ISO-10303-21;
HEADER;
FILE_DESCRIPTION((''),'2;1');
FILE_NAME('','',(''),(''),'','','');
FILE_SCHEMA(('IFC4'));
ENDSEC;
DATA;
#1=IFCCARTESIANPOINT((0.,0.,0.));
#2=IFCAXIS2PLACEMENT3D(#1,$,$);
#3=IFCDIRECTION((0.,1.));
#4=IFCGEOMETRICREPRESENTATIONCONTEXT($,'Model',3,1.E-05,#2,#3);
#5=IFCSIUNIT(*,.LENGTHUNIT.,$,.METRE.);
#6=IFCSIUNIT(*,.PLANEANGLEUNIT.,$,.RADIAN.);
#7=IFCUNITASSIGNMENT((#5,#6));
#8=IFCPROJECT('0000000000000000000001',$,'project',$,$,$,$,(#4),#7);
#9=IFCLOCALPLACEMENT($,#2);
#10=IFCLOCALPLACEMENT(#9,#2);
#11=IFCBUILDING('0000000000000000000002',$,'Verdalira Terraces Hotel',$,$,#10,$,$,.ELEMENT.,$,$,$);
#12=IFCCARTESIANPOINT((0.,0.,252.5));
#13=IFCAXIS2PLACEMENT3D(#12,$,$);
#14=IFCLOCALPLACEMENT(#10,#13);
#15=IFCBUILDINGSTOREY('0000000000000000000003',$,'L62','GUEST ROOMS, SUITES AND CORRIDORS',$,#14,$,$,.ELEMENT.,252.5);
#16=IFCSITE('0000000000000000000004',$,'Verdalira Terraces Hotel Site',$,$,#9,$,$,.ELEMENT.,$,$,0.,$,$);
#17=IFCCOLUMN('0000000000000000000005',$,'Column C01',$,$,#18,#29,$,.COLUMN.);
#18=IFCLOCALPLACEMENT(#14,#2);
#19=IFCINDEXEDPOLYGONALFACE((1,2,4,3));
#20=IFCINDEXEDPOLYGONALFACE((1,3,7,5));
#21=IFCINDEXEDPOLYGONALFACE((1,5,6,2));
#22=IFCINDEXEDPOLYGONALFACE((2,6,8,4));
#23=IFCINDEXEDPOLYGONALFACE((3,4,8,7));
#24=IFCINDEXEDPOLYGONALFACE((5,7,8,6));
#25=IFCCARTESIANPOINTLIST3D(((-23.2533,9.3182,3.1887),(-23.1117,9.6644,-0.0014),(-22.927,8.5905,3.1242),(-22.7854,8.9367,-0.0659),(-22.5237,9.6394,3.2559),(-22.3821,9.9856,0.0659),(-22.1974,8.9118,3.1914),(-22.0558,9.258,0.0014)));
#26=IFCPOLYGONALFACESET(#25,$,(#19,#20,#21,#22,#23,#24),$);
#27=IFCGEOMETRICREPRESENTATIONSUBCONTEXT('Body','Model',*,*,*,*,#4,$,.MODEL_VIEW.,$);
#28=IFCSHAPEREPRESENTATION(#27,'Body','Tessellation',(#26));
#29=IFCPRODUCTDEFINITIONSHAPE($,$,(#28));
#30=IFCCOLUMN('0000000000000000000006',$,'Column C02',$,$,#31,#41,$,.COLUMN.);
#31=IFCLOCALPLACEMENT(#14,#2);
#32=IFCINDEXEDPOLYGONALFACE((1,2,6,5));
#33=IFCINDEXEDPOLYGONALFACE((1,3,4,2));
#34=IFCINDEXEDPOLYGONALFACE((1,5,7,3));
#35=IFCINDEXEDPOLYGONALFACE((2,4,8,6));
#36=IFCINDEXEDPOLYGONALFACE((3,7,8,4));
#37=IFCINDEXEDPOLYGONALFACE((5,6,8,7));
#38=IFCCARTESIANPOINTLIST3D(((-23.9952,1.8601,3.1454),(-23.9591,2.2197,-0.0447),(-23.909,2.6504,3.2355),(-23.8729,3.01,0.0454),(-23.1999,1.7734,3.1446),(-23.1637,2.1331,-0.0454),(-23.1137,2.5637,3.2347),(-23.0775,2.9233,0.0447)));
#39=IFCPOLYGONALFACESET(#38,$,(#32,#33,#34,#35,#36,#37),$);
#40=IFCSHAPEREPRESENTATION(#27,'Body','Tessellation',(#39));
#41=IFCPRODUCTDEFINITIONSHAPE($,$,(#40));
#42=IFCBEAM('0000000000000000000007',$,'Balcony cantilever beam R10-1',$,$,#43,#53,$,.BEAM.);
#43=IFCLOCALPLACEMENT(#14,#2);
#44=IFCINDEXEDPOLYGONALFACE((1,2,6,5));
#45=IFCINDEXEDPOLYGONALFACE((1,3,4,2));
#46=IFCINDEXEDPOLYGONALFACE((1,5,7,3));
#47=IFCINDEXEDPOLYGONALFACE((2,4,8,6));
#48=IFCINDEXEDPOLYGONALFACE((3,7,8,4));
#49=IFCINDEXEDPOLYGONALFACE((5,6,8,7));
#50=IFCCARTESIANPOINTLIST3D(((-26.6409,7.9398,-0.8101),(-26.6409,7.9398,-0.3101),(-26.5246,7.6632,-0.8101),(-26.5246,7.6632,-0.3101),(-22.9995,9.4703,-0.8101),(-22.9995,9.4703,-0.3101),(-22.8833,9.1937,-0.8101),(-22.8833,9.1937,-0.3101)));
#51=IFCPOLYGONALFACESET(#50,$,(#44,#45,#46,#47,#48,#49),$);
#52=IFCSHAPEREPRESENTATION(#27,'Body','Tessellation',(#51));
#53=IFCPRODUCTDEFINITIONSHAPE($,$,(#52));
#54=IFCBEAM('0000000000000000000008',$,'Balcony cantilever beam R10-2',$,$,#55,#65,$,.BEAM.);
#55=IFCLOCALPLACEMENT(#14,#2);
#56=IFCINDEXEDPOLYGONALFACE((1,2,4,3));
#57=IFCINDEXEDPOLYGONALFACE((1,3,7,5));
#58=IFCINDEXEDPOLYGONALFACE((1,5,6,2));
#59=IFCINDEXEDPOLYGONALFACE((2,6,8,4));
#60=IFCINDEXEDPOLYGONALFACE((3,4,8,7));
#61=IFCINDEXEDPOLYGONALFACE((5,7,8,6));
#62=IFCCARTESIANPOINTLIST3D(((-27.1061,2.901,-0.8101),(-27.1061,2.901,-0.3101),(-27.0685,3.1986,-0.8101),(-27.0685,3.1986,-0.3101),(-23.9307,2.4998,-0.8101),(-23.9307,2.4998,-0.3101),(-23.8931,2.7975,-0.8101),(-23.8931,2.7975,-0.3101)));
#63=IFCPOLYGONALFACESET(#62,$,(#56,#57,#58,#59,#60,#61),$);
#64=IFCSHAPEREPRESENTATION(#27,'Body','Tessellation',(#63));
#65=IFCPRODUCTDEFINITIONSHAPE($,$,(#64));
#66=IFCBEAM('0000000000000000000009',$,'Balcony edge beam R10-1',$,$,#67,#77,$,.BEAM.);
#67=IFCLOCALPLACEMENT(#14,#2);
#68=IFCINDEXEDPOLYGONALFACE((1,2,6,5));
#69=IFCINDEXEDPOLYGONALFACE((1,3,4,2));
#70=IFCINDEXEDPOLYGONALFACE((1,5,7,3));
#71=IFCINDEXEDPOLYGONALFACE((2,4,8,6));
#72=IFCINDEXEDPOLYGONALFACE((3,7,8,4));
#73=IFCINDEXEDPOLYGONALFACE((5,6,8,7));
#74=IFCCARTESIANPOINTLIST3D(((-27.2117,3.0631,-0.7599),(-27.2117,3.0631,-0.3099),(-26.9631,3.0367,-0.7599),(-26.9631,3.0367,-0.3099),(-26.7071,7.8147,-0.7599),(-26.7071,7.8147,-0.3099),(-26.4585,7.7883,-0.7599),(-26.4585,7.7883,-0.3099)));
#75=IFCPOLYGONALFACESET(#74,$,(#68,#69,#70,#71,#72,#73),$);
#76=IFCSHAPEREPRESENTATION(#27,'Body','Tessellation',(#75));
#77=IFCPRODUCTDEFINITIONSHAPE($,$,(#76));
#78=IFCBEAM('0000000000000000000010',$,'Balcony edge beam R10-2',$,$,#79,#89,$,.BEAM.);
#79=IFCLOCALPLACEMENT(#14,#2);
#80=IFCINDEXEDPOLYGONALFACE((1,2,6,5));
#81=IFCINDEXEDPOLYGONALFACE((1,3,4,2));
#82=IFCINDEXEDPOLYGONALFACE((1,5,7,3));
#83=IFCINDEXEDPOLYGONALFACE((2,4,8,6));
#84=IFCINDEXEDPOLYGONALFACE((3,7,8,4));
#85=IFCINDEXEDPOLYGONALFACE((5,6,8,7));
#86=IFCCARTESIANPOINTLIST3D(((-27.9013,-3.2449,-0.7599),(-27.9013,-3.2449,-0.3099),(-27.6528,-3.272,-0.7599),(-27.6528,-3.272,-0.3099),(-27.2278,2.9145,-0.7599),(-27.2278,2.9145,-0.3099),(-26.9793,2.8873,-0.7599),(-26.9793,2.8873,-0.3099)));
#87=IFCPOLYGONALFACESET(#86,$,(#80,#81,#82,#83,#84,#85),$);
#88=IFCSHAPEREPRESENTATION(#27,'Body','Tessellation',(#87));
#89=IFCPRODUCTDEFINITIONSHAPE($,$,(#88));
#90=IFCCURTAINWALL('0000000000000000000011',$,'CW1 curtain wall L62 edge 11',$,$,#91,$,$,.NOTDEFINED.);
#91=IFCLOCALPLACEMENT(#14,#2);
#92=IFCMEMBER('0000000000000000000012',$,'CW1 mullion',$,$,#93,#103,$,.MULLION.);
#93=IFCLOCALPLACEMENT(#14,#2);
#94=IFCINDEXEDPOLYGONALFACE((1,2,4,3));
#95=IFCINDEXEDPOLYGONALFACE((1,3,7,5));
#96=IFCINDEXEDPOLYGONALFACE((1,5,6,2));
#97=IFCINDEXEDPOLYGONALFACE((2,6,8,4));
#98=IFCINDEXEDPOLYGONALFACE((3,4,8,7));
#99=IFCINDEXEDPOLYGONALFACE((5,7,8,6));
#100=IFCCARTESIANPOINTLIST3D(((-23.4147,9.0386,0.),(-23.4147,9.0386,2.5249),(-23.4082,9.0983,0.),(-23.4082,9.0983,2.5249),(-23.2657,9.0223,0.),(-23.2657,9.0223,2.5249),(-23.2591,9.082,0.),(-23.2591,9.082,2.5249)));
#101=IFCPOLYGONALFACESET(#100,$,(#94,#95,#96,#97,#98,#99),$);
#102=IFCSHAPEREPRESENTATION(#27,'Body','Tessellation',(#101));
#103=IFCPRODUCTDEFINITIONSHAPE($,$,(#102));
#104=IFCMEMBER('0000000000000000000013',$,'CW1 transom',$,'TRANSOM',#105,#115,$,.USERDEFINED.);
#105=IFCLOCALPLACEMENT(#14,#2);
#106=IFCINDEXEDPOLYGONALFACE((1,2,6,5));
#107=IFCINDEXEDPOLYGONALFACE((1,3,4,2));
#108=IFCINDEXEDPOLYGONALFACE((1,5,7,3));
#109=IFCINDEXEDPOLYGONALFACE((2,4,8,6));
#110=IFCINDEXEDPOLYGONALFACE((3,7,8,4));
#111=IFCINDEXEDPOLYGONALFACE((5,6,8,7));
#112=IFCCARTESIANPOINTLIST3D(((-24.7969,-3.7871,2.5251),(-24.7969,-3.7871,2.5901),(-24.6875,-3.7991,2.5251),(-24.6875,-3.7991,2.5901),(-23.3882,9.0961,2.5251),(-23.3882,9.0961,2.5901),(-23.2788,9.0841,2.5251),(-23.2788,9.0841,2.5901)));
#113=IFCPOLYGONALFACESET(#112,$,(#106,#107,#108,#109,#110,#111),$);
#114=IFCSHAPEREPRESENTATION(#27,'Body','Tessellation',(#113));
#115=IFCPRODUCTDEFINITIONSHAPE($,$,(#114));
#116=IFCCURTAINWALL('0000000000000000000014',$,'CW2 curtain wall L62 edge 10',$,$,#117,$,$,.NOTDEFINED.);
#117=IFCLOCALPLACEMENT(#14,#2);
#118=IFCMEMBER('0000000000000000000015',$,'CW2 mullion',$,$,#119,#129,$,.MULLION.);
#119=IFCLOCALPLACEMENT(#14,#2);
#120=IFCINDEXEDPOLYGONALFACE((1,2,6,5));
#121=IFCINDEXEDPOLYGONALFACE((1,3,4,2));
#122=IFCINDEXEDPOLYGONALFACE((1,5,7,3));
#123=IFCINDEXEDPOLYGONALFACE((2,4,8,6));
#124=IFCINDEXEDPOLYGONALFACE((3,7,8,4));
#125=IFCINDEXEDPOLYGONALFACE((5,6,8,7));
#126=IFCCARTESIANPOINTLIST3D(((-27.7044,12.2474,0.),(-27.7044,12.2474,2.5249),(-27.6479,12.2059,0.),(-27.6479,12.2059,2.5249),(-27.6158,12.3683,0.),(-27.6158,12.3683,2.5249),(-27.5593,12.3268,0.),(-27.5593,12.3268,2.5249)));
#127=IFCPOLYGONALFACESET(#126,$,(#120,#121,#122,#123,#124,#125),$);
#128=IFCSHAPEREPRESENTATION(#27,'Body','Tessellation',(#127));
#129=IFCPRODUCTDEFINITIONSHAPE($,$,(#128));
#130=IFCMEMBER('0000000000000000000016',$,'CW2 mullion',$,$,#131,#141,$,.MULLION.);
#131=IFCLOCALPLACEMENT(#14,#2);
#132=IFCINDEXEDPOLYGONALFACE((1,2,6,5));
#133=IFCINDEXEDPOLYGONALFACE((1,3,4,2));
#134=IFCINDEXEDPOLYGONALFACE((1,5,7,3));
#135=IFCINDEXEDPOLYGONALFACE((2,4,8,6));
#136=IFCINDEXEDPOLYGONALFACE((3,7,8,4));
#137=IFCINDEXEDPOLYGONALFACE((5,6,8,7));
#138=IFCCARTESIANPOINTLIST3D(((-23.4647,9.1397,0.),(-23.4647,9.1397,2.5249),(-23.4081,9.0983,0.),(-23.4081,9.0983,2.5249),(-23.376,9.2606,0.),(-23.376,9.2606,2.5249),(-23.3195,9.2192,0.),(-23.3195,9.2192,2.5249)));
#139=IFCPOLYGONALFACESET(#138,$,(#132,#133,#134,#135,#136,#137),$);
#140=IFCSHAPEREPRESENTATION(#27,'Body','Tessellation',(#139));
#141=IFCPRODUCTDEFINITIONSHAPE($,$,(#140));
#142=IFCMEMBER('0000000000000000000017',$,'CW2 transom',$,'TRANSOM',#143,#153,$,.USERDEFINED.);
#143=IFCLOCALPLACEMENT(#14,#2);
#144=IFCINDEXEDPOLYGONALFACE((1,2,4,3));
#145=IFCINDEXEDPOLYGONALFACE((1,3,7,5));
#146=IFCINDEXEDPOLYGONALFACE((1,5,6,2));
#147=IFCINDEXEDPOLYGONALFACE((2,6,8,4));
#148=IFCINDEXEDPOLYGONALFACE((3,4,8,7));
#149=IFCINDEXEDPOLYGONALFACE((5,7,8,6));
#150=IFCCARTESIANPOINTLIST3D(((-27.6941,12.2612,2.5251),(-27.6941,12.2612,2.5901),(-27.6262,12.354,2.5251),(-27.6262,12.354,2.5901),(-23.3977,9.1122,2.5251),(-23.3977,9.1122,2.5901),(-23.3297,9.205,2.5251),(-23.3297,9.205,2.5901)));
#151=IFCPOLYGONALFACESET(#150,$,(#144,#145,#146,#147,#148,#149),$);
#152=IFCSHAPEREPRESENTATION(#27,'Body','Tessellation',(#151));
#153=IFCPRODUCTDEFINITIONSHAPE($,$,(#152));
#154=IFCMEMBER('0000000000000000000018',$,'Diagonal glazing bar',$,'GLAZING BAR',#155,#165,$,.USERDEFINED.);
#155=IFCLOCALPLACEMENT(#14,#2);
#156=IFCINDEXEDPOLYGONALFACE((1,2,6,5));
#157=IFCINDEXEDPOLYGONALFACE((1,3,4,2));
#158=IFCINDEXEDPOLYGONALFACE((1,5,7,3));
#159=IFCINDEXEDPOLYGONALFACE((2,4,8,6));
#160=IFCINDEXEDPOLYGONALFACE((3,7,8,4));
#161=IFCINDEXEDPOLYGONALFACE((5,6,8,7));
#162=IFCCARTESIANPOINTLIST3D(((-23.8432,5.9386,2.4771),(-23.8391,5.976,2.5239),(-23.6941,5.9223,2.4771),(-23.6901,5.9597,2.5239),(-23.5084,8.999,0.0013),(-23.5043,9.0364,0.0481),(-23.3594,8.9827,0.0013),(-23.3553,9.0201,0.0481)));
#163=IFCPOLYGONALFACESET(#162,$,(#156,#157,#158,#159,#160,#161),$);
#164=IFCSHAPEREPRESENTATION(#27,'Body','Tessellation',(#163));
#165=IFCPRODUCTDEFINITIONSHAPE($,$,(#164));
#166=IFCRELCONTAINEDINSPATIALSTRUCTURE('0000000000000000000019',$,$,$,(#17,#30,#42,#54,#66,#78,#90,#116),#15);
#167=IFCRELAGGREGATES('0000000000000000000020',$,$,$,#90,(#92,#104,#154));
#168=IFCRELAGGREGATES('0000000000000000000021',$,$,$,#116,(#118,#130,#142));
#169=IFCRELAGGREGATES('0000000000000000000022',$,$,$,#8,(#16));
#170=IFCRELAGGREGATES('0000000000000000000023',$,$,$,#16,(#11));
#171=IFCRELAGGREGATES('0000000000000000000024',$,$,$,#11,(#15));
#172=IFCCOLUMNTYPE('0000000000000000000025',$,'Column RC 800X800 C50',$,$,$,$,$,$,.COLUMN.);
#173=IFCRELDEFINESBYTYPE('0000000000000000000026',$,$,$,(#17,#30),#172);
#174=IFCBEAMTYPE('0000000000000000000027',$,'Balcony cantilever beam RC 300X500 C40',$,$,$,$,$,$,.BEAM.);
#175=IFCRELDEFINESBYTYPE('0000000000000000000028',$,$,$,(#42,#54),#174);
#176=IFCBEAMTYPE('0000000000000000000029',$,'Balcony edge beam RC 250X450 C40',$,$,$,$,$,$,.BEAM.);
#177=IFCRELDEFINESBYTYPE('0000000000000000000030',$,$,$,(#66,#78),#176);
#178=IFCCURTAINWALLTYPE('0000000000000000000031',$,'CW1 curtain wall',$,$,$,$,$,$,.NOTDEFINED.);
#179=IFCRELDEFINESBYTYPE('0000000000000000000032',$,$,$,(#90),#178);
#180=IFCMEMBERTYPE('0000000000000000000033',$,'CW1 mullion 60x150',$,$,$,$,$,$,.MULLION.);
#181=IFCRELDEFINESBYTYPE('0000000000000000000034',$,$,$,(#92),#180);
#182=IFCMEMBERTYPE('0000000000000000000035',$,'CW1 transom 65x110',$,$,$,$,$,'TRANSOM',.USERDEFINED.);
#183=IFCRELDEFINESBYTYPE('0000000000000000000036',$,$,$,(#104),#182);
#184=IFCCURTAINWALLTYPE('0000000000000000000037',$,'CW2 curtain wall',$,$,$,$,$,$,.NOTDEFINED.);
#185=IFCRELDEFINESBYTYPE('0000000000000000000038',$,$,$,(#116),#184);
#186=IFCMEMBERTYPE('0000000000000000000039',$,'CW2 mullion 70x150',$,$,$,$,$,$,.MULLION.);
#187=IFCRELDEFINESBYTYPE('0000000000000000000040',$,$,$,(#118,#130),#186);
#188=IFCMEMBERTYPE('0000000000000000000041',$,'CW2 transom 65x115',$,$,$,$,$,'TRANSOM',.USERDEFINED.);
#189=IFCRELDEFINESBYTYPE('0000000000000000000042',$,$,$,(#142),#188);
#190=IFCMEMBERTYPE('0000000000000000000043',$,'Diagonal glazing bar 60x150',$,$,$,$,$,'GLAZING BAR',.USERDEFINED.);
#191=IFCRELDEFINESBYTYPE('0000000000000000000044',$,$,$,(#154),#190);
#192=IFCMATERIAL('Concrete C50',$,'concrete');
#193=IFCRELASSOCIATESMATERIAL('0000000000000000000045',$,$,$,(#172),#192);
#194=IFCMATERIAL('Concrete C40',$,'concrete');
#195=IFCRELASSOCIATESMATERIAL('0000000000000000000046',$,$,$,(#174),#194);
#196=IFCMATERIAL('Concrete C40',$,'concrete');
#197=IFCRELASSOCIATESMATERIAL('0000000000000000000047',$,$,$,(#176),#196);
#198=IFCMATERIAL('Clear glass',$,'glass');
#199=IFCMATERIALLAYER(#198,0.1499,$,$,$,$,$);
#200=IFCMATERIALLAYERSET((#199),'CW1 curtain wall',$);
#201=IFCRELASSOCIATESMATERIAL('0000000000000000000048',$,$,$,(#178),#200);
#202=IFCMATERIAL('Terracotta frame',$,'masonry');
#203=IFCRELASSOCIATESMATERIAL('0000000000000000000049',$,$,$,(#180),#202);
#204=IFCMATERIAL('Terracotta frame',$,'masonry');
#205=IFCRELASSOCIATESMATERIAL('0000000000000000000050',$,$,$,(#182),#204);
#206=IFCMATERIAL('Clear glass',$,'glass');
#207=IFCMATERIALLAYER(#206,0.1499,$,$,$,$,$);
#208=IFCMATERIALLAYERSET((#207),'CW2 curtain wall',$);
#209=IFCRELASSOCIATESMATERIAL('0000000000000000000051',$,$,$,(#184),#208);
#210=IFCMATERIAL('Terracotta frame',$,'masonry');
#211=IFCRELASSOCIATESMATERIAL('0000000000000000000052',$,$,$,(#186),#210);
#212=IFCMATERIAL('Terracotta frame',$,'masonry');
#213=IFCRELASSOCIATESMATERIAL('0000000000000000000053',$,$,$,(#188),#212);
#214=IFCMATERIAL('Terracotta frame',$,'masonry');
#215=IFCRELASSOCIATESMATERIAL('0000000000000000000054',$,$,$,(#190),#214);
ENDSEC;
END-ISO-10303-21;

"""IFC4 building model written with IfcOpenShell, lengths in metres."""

from ifc_helpers import new_model, si_unit, direction, frame, origin, origin_2d, place, context, subcontext, project, spatial, rectangle, extrude, material, layer, layer_set, material_profile, profile_set, type_object, element, aggregate, save


model = new_model("IFC4")

# Units and contexts
model_context = context("Model", 3, precision=1e-05, world=origin(), true_north=direction((0.0, 1.0)))
body_context = subcontext(model_context, "Body", "Model", "MODEL_VIEW")
ifc_project = project(units=[si_unit("LENGTHUNIT", "METRE"), si_unit("PLANEANGLEUNIT", "RADIAN")], contexts=[model_context])

# Site, building, storey
site_placement = place(None, origin())
site = spatial("IfcSite", under=ifc_project, at=site_placement, Name="Verdalira Terraces Hotel Site", CompositionType="ELEMENT", RefElevation=0.0)
building_placement = place(site_placement, origin())
building = spatial("IfcBuilding", under=site, at=building_placement, Name="Verdalira Terraces Hotel", CompositionType="ELEMENT")
storey_placement = place(building_placement, frame((0.0, 0.0, 252.5)))
storey = spatial("IfcBuildingStorey", under=building, at=storey_placement, Name="L62", Description="GUEST ROOMS, SUITES AND CORRIDORS", CompositionType="ELEMENT", Elevation=252.5)

# Columns
ifc_material_1 = material(Name="Concrete C50", Category="concrete")
ifc_material_profile_1 = material_profile(ifc_material_1, rectangle(XDim=0.8, YDim=0.8, at=origin_2d()), Name="RC 800X800")
ifc_profile_set_1 = profile_set([ifc_material_profile_1], Name="Concrete C50")
column_type = type_object("IfcColumnType", Name="Column RC 800X800 C50", PredefinedType="COLUMN", material=ifc_profile_set_1)
column_1_placement = place(storey_placement, frame((-22.5837, 9.4612, 0.0), z_axis=(-0.044088, -0.107788, 0.993196), x_axis=(-0.407879, 0.909472, 0.080596)))
element("IfcColumn", 1, at=column_1_placement, inside=storey, type_object=column_type, Name="Column C01", PredefinedType="COLUMN", context=body_context, shape_type="SweptSolid", body=[
    extrude(rectangle(XDim=0.8, YDim=0.8, at=origin_2d()), origin(), (0.0, 0.0, 1.0), 3.2119),
])
column_2_placement = place(storey_placement, frame((-23.5183, 2.5715, 0.0), z_axis=(-0.011255, -0.112019, 0.993642), x_axis=(-0.107722, -0.987786, -0.112579)))
element("IfcColumn", 2, at=column_2_placement, inside=storey, type_object=column_type, Name="Column C02", PredefinedType="COLUMN", context=body_context, shape_type="SweptSolid", body=[
    extrude(rectangle(XDim=0.8, YDim=0.8, at=origin_2d()), origin(), (0.0, 0.0, 1.0), 3.2104),
])

# Beams
ifc_material_2 = material(Name="Concrete C40", Category="concrete")
ifc_material_profile_2 = material_profile(ifc_material_2, rectangle(XDim=0.3, YDim=0.5, at=origin_2d()), Name="RC 300X500")
ifc_profile_set_2 = profile_set([ifc_material_profile_2], Name="Concrete C40")
beam_type_1 = type_object("IfcBeamType", Name="Balcony cantilever beam RC 300X500 C40", PredefinedType="BEAM", material=ifc_profile_set_2)
beam_1_placement = place(storey_placement, frame((-22.9414, 9.332, -0.5601), z_axis=(-0.921878, -0.387479, 0.0), x_axis=(0.387479, -0.921878, 0.0)))
element("IfcBeam", 3, at=beam_1_placement, inside=storey, type_object=beam_type_1, Name="Balcony cantilever beam R10-1", PredefinedType="BEAM", context=body_context, shape_type="SweptSolid", body=[
    extrude(rectangle(XDim=0.3, YDim=0.5, at=origin_2d()), origin(), (0.0, 0.0, 1.0), 3.95),
])
beam_2_placement = place(storey_placement, frame((-23.9119, 2.6487, -0.5601), z_axis=(-0.992116, 0.125321, 0.0), x_axis=(-0.125321, -0.992116, 0.0)))
element("IfcBeam", 4, at=beam_2_placement, inside=storey, type_object=beam_type_1, Name="Balcony cantilever beam R10-2", PredefinedType="BEAM", context=body_context, shape_type="SweptSolid", body=[
    extrude(rectangle(XDim=0.3, YDim=0.5, at=origin_2d()), origin(), (0.0, 0.0, 1.0), 3.2007),
])
ifc_material_3 = material(Name="Concrete C40", Category="concrete")
ifc_material_profile_3 = material_profile(ifc_material_3, rectangle(XDim=0.25, YDim=0.45, at=origin_2d()), Name="RC 250X450")
ifc_profile_set_3 = profile_set([ifc_material_profile_3], Name="Concrete C40")
beam_type_2 = type_object("IfcBeamType", Name="Balcony edge beam RC 250X450 C40", PredefinedType="BEAM", material=ifc_profile_set_3)
beam_3_placement = place(storey_placement, frame((-26.5828, 7.8015, -0.5349), z_axis=(-0.105608, -0.994408, 0.0), x_axis=(0.994408, -0.105608, 0.0)))
element("IfcBeam", 5, at=beam_3_placement, inside=storey, type_object=beam_type_2, Name="Balcony edge beam R10-1", PredefinedType="BEAM", context=body_context, shape_type="SweptSolid", body=[
    extrude(rectangle(XDim=0.25, YDim=0.45, at=origin_2d()), origin(), (0.0, 0.0, 1.0), 4.7783),
])
beam_4_placement = place(storey_placement, frame((-27.1035, 2.9009, -0.5349), z_axis=(-0.10871, -0.994073, 0.0), x_axis=(0.994073, -0.10871, 0.0)))
element("IfcBeam", 6, at=beam_4_placement, inside=storey, type_object=beam_type_2, Name="Balcony edge beam R10-2", PredefinedType="BEAM", context=body_context, shape_type="SweptSolid", body=[
    extrude(rectangle(XDim=0.25, YDim=0.45, at=origin_2d()), origin(), (0.0, 0.0, 1.0), 6.196),
])

# Curtain walls, members
ifc_material_4 = material(Name="Clear glass", Category="glass")
ifc_layer_1 = layer(ifc_material_4, 0.1499)
ifc_layer_set_1 = layer_set([ifc_layer_1], Name="CW1 curtain wall")
curtain_wall_type_1 = type_object("IfcCurtainWallType", Name="CW1 curtain wall", PredefinedType="NOTDEFINED", material=ifc_layer_set_1)
curtain_wall_1_placement = place(storey_placement, origin())
curtain_wall_1 = element("IfcCurtainWall", 7, at=curtain_wall_1_placement, inside=storey, type_object=curtain_wall_type_1, Name="CW1 curtain wall L62 edge 11", PredefinedType="NOTDEFINED")
ifc_material_5 = material(Name="Terracotta frame", Category="masonry")
ifc_material_profile_4 = material_profile(ifc_material_5, rectangle(XDim=0.0601, YDim=0.1499, at=origin_2d()), Name="MU 60x150")
ifc_profile_set_4 = profile_set([ifc_material_profile_4], Name="Terracotta frame")
member_type_1 = type_object("IfcMemberType", Name="CW1 mullion 60x150", PredefinedType="MULLION", material=ifc_profile_set_4)
member_1_placement = place(storey_placement, frame((-23.3369, 9.0603, 0.0), z_axis=(0.0, 0.0, 1.0), x_axis=(-0.108693, -0.994075, 0.0)))
member_1 = element("IfcMember", 8, at=member_1_placement, type_object=member_type_1, Name="CW1 mullion", PredefinedType="MULLION", context=body_context, shape_type="SweptSolid", body=[
    extrude(rectangle(XDim=0.0601, YDim=0.1499, at=origin_2d()), origin(), (0.0, 0.0, 1.0), 2.5249),
])
ifc_material_6 = material(Name="Terracotta frame", Category="masonry")
ifc_material_profile_5 = material_profile(ifc_material_6, rectangle(XDim=0.1101, YDim=0.0649, at=origin_2d()), Name="TR 65x110")
ifc_profile_set_5 = profile_set([ifc_material_profile_5], Name="Terracotta frame")
member_type_2 = type_object("IfcMemberType", Name="CW1 transom 65x110", ElementType="TRANSOM", PredefinedType="USERDEFINED", material=ifc_profile_set_5)
member_2_placement = place(storey_placement, frame((-23.3335, 9.0901, 2.5576), z_axis=(-0.108697, -0.994075, 0.0), x_axis=(0.994075, -0.108697, 0.0)))
member_2 = element("IfcMember", 9, at=member_2_placement, type_object=member_type_2, Name="CW1 transom", ObjectType="TRANSOM", PredefinedType="USERDEFINED", context=body_context, shape_type="SweptSolid", body=[
    extrude(rectangle(XDim=0.1101, YDim=0.0649, at=origin_2d()), origin(), (0.0, 0.0, 1.0), 12.96),
])
ifc_material_7 = material(Name="Clear glass", Category="glass")
ifc_layer_2 = layer(ifc_material_7, 0.1499)
ifc_layer_set_2 = layer_set([ifc_layer_2], Name="CW2 curtain wall")
curtain_wall_type_2 = type_object("IfcCurtainWallType", Name="CW2 curtain wall", PredefinedType="NOTDEFINED", material=ifc_layer_set_2)
curtain_wall_2_placement = place(storey_placement, origin())
curtain_wall_2 = element("IfcCurtainWall", 10, at=curtain_wall_2_placement, inside=storey, type_object=curtain_wall_type_2, Name="CW2 curtain wall L62 edge 10", PredefinedType="NOTDEFINED")
ifc_material_8 = material(Name="Terracotta frame", Category="masonry")
ifc_material_profile_6 = material_profile(ifc_material_8, rectangle(XDim=0.0701, YDim=0.1499, at=origin_2d()), Name="MU 70x150")
ifc_profile_set_6 = profile_set([ifc_material_profile_6], Name="Terracotta frame")
member_type_3 = type_object("IfcMemberType", Name="CW2 mullion 70x150", PredefinedType="MULLION", material=ifc_profile_set_6)
member_3_placement = place(storey_placement, frame((-27.6318, 12.2871, 0.0), z_axis=(0.0, 0.0, 1.0), x_axis=(0.806548, -0.591169, 0.0)))
member_3 = element("IfcMember", 11, at=member_3_placement, type_object=member_type_3, Name="CW2 mullion", PredefinedType="MULLION", context=body_context, shape_type="SweptSolid", body=[
    extrude(rectangle(XDim=0.0701, YDim=0.1499, at=origin_2d()), origin(), (0.0, 0.0, 1.0), 2.5249),
])
member_4_placement = place(storey_placement, frame((-23.3921, 9.1794, 0.0), z_axis=(0.0, 0.0, 1.0), x_axis=(0.806548, -0.591169, 0.0)))
member_4 = element("IfcMember", 12, at=member_4_placement, type_object=member_type_3, Name="CW2 mullion", PredefinedType="MULLION", context=body_context, shape_type="SweptSolid", body=[
    extrude(rectangle(XDim=0.0701, YDim=0.1499, at=origin_2d()), origin(), (0.0, 0.0, 1.0), 2.5249),
])
ifc_material_9 = material(Name="Terracotta frame", Category="masonry")
ifc_material_profile_7 = material_profile(ifc_material_9, rectangle(XDim=0.115, YDim=0.0649, at=origin_2d()), Name="TR 65x115")
ifc_profile_set_7 = profile_set([ifc_material_profile_7], Name="Terracotta frame")
member_type_4 = type_object("IfcMemberType", Name="CW2 transom 65x115", ElementType="TRANSOM", PredefinedType="USERDEFINED", material=ifc_profile_set_7)
member_5_placement = place(storey_placement, frame((-27.6602, 12.3076, 2.5576), z_axis=(0.806562, -0.591149, 0.0), x_axis=(0.591149, 0.806562, 0.0)))
member_5 = element("IfcMember", 13, at=member_5_placement, type_object=member_type_4, Name="CW2 transom", ObjectType="TRANSOM", PredefinedType="USERDEFINED", context=body_context, shape_type="SweptSolid", body=[
    extrude(rectangle(XDim=0.115, YDim=0.0649, at=origin_2d()), origin(), (0.0, 0.0, 1.0), 5.3269),
])

# Member
ifc_material_10 = material(Name="Terracotta frame", Category="masonry")
ifc_material_profile_8 = material_profile(ifc_material_10, rectangle(XDim=0.1499, YDim=0.0601, at=origin_2d()), Name="GB 60x150")
ifc_profile_set_8 = profile_set([ifc_material_profile_8], Name="Terracotta frame")
member_type_5 = type_object("IfcMemberType", Name="Diagonal glazing bar 60x150", ElementType="GLAZING BAR", PredefinedType="USERDEFINED", material=ifc_profile_set_8)
member_6_placement = place(storey_placement, frame((-23.4319, 9.0095, 0.0247), z_axis=(-0.084726, -0.774643, 0.626698), x_axis=(0.994072, -0.108725, 0.0)))
member_6 = element("IfcMember", 14, at=member_6_placement, type_object=member_type_5, Name="Diagonal glazing bar", ObjectType="GLAZING BAR", PredefinedType="USERDEFINED", context=body_context, shape_type="SweptSolid", body=[
    extrude(rectangle(XDim=0.1499, YDim=0.0601, at=origin_2d()), origin(), (0.0, 0.0, 1.0), 3.9507),
])

aggregate(curtain_wall_1, [member_1, member_2, member_6])
aggregate(curtain_wall_2, [member_3, member_4, member_5])

save(model, "model.ifc")
